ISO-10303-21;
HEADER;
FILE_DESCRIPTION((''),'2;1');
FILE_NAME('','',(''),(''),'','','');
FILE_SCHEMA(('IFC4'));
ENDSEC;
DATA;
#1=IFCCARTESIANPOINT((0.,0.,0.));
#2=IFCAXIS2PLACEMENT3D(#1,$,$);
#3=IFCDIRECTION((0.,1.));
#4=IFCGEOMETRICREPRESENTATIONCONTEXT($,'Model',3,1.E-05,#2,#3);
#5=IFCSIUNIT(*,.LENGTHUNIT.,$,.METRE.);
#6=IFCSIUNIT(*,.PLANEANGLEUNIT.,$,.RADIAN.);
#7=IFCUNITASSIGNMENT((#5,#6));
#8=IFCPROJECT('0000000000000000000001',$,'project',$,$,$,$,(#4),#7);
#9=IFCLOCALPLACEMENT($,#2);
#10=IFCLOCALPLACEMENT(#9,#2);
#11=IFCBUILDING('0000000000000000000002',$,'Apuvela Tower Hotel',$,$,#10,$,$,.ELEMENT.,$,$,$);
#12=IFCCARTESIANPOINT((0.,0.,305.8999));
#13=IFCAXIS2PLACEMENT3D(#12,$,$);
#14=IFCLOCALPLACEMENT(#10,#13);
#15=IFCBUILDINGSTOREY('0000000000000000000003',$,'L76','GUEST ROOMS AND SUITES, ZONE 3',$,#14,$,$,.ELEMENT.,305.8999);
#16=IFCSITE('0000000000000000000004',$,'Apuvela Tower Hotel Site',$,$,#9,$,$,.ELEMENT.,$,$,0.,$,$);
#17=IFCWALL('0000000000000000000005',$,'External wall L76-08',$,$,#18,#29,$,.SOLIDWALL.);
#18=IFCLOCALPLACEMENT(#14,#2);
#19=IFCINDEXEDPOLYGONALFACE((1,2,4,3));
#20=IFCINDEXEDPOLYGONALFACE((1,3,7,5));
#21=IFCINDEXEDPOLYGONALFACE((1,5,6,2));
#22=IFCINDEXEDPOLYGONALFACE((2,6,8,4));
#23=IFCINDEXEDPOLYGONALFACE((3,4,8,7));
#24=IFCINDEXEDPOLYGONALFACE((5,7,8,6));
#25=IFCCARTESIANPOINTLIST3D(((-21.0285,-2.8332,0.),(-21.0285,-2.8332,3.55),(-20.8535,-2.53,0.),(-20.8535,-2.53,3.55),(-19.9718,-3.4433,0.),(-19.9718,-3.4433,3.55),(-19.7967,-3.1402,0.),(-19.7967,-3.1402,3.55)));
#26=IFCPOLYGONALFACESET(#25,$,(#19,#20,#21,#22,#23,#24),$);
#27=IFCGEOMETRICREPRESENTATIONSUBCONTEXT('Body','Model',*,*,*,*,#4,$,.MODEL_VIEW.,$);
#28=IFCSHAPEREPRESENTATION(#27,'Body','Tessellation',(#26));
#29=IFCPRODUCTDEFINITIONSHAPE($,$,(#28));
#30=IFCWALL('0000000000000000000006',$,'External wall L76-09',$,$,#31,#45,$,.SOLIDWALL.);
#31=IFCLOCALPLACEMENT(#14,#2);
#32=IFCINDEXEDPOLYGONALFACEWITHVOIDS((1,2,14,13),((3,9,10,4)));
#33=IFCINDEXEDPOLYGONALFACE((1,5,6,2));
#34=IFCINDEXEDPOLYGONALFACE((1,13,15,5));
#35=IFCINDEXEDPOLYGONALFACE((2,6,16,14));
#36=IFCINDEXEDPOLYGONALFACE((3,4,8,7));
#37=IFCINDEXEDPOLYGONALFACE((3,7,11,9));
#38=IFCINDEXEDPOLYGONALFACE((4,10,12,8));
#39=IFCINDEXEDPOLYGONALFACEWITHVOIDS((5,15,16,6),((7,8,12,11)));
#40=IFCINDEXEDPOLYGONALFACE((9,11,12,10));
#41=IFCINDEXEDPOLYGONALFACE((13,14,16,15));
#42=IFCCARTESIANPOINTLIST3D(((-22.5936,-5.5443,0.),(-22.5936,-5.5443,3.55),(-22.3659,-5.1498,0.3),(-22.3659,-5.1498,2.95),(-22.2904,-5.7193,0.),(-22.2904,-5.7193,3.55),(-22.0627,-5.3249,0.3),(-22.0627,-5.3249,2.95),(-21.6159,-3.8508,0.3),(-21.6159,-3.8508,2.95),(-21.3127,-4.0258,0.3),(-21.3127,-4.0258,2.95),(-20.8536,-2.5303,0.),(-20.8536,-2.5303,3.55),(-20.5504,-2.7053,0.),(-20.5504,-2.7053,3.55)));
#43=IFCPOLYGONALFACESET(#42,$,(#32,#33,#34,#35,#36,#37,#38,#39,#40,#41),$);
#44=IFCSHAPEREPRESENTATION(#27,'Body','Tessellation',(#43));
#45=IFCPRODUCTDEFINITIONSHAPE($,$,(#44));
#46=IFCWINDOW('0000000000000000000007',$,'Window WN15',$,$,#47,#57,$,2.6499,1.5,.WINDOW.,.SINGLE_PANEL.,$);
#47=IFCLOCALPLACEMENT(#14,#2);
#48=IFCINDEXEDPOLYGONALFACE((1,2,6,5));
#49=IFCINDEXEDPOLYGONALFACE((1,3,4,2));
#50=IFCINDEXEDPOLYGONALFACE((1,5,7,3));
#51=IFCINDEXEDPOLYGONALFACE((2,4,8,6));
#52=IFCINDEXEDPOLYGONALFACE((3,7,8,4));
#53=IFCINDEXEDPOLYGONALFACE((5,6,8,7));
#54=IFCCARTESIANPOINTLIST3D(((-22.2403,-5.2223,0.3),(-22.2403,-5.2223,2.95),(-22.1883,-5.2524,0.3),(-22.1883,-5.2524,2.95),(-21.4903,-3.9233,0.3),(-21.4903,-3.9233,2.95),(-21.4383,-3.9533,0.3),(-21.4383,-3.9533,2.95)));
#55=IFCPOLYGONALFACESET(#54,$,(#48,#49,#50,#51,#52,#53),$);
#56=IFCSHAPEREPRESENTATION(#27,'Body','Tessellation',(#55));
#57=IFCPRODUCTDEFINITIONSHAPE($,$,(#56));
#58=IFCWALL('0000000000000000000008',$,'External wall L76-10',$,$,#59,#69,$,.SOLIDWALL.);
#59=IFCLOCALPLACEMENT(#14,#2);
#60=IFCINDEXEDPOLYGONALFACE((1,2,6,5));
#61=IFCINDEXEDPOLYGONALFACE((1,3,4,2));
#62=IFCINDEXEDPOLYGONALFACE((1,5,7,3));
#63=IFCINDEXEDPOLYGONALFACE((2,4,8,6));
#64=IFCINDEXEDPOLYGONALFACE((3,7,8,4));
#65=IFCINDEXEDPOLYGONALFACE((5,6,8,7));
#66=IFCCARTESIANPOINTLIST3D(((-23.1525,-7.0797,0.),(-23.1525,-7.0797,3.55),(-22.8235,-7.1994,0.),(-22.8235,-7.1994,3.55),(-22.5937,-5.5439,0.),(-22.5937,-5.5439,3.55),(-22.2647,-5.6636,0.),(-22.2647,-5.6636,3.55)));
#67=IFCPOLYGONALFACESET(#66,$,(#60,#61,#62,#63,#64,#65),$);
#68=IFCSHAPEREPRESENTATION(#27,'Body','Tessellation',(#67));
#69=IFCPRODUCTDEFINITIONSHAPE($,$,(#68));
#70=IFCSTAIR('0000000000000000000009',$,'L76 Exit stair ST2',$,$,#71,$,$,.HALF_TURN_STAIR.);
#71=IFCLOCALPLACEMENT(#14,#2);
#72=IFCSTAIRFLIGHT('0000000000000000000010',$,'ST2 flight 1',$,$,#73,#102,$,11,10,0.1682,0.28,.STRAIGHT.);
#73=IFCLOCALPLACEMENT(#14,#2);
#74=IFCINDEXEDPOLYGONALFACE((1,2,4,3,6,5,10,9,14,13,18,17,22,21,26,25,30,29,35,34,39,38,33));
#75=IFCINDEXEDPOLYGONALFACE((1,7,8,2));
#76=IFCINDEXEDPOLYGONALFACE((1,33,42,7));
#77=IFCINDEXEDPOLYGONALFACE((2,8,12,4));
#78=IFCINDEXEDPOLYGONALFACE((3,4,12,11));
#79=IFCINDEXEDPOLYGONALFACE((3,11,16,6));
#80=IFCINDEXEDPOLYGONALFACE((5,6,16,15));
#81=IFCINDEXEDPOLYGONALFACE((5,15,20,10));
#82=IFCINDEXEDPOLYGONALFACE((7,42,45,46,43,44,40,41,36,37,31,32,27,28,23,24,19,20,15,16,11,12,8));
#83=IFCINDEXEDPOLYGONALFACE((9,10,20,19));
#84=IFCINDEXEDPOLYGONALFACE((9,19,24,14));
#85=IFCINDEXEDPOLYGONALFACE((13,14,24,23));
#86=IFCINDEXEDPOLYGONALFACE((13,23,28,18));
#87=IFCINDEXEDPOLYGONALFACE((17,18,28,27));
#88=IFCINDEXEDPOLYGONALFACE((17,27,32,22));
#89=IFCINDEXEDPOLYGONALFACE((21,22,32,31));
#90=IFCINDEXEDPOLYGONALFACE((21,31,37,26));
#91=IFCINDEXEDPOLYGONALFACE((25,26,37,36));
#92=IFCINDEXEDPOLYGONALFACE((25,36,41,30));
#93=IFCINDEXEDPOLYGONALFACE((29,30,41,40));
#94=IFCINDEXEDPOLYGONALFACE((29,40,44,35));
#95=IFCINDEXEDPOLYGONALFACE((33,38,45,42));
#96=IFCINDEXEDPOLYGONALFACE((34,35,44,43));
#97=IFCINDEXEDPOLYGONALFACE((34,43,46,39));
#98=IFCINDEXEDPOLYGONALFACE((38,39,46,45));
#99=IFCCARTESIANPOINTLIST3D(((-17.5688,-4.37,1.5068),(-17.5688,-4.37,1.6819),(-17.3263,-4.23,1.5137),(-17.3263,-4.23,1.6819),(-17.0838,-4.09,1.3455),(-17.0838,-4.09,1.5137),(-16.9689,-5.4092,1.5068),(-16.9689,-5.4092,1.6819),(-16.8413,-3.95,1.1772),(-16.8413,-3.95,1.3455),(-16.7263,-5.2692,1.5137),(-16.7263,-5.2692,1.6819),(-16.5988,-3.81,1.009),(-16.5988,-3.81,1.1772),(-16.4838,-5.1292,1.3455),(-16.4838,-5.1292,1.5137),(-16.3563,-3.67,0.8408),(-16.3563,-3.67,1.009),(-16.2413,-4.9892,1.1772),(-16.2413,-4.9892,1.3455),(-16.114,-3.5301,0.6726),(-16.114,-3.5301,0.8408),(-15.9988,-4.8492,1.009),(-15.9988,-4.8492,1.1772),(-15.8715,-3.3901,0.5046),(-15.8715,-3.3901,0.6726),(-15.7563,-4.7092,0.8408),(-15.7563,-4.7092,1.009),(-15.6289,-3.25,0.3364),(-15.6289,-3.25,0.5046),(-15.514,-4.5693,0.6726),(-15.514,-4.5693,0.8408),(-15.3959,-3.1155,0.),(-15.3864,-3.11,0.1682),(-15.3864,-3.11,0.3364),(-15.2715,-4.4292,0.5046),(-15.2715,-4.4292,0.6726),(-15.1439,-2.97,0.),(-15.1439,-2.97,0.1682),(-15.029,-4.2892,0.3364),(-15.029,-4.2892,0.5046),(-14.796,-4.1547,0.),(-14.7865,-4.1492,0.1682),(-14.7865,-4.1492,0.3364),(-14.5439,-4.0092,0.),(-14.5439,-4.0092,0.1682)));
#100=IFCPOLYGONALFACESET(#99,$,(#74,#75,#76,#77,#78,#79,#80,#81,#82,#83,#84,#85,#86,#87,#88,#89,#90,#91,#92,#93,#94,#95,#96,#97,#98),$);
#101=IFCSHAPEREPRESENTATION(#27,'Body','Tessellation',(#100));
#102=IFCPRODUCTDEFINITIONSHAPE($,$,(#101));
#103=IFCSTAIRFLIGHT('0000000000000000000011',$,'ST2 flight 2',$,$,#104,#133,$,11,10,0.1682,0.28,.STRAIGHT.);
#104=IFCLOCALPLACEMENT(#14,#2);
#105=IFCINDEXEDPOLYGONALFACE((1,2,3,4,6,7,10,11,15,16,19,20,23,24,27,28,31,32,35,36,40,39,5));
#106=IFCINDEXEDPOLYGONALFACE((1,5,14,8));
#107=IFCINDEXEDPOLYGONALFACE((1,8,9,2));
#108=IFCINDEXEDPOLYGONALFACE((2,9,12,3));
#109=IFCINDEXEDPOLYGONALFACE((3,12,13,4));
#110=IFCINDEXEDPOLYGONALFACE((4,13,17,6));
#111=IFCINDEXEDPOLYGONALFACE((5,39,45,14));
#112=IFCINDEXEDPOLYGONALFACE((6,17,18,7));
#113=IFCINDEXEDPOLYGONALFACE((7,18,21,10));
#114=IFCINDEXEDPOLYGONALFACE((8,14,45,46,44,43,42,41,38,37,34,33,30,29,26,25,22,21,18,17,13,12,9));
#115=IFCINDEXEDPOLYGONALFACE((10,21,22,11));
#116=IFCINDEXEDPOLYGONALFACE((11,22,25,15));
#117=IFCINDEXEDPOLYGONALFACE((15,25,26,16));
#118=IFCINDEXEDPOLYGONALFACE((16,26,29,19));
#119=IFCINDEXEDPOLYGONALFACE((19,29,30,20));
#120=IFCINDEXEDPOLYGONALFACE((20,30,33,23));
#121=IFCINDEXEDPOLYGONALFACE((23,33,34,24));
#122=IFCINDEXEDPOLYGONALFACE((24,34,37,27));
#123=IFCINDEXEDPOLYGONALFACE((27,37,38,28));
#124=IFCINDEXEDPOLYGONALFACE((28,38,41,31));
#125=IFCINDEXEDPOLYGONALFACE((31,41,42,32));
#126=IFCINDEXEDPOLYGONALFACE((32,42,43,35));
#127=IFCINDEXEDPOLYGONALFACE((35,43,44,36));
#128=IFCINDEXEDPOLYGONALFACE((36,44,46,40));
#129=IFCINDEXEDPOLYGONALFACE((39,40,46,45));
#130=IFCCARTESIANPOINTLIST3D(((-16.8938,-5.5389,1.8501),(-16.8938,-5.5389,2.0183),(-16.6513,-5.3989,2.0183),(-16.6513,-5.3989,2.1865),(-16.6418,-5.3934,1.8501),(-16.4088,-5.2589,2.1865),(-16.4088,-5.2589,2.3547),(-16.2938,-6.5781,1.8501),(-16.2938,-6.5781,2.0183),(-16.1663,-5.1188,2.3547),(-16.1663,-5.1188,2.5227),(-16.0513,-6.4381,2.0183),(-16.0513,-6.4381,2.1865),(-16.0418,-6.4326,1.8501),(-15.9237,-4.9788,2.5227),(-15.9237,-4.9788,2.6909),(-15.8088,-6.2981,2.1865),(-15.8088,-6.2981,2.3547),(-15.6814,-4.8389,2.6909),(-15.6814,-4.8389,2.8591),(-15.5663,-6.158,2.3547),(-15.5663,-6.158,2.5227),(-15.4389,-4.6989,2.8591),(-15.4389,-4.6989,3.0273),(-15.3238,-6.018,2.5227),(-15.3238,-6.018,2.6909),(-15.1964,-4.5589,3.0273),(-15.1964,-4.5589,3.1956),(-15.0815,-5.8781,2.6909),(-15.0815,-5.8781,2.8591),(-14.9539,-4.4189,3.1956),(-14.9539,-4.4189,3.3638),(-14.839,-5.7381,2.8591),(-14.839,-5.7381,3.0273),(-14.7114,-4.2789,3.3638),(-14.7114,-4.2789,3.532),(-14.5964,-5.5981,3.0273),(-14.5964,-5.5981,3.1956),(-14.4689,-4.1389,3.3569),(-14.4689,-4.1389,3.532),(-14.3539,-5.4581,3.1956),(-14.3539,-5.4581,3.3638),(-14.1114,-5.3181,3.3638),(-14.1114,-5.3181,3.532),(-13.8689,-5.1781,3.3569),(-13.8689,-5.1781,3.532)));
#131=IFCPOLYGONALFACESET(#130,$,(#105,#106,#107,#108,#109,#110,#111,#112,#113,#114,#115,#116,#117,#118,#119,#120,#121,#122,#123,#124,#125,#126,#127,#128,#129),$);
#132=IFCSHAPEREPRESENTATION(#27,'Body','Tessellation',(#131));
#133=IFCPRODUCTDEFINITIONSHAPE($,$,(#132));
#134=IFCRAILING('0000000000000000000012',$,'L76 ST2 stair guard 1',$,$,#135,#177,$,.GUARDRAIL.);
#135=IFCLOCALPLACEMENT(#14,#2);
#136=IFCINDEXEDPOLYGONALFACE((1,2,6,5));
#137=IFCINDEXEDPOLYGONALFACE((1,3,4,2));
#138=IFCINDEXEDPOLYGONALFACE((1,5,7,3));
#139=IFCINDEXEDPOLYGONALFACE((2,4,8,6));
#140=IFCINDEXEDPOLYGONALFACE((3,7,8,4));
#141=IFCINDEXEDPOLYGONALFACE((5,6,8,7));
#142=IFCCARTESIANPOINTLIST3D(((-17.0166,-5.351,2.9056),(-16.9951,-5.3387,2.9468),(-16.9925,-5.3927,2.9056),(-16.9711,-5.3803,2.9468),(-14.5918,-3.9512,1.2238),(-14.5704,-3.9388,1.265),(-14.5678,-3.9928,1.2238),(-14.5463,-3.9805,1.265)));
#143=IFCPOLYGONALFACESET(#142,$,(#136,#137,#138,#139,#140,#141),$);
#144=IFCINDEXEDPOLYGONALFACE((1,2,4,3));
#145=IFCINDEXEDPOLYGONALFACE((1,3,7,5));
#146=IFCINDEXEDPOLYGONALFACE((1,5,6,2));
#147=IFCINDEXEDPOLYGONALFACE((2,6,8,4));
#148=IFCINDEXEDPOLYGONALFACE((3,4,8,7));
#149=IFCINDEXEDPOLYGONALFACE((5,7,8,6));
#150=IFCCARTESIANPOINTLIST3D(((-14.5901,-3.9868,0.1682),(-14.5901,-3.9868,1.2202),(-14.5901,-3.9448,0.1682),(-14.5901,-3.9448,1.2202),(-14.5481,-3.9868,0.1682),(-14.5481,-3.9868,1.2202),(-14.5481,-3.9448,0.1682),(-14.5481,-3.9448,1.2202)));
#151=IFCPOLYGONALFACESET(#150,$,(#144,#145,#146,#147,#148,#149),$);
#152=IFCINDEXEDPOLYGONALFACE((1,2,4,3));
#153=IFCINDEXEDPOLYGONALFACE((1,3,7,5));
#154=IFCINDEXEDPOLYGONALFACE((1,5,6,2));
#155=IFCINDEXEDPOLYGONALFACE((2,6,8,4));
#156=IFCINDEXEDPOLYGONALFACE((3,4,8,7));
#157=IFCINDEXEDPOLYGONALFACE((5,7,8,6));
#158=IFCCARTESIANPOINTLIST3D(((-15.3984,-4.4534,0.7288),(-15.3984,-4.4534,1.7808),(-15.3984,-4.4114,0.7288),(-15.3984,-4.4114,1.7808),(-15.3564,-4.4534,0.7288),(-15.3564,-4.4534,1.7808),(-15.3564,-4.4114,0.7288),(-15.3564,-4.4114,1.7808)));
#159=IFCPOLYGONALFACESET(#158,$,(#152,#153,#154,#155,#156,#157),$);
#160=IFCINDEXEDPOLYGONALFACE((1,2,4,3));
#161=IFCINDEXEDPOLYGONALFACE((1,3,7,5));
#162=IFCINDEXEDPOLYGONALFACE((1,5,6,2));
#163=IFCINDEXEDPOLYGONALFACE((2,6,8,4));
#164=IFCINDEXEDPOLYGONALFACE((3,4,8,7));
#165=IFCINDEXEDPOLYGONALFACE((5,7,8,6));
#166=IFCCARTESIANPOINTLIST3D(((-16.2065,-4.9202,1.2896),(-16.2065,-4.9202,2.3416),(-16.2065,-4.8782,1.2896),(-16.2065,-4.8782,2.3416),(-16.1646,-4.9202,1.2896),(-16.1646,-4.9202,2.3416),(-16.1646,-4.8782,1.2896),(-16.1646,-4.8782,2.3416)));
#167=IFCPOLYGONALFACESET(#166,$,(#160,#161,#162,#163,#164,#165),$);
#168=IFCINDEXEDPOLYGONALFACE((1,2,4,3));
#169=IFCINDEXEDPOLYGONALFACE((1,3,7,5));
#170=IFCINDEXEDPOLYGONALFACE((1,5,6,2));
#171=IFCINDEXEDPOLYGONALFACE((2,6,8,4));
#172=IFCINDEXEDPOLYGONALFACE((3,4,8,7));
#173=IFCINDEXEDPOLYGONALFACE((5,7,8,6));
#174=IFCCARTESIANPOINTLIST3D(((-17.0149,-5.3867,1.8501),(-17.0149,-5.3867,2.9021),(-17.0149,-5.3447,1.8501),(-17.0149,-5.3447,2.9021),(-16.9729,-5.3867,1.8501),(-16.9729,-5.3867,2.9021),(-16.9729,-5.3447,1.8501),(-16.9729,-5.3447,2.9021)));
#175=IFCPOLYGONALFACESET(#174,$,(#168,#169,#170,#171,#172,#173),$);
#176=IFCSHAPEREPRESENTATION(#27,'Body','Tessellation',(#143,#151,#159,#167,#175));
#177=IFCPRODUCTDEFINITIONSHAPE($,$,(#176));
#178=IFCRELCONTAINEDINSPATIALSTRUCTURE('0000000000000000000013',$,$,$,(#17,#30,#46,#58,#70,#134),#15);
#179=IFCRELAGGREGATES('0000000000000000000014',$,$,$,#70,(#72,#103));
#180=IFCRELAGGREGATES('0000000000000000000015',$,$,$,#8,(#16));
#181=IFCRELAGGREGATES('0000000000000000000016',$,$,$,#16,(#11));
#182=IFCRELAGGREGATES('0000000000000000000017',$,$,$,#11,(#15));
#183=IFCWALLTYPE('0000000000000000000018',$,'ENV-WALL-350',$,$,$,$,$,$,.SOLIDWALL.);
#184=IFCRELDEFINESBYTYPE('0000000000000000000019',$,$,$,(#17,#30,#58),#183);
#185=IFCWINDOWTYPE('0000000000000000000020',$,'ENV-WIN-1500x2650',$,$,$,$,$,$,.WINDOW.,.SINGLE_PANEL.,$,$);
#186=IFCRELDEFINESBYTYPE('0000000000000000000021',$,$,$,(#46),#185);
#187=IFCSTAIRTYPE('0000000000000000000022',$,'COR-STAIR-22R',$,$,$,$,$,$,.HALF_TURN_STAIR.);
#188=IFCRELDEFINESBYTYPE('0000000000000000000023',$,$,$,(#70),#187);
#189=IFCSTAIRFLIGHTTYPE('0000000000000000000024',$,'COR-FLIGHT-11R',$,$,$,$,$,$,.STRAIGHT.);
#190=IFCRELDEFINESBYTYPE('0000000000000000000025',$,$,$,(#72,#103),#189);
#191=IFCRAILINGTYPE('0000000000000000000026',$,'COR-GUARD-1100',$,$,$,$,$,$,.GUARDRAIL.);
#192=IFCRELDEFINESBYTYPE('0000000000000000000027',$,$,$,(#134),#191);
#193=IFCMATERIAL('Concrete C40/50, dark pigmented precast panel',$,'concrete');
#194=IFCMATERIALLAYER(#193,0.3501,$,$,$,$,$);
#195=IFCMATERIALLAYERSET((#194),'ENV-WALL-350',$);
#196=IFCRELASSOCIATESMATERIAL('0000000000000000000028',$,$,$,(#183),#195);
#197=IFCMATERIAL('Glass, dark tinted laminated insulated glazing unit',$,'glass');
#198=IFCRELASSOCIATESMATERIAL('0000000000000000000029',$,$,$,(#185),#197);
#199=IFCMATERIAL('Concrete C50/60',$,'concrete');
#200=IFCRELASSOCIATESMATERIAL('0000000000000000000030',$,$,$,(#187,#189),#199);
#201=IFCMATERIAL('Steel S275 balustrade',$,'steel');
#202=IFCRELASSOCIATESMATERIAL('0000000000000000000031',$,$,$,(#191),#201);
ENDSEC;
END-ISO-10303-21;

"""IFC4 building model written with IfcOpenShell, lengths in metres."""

from ifc_helpers import new_model, si_unit, direction, frame, frame_2d, origin, origin_2d, place, context, subcontext, project, spatial, polyline, rectangle, outline, extrude, material, layer, layer_set, type_object, element, fill, aggregate, save


model = new_model("IFC4")

# Units and contexts
model_context = context("Model", 3, precision=1e-05, world=origin(), true_north=direction((0.0, 1.0)))
body_context = subcontext(model_context, "Body", "Model", "MODEL_VIEW")
ifc_project = project(units=[si_unit("LENGTHUNIT", "METRE"), si_unit("PLANEANGLEUNIT", "RADIAN")], contexts=[model_context])

# Site, building, storey
site_placement = place(None, origin())
site = spatial("IfcSite", under=ifc_project, at=site_placement, Name="Apuvela Tower Hotel Site", CompositionType="ELEMENT", RefElevation=0.0)
building_placement = place(site_placement, origin())
building = spatial("IfcBuilding", under=site, at=building_placement, Name="Apuvela Tower Hotel", CompositionType="ELEMENT")
storey_placement = place(building_placement, frame((0.0, 0.0, 305.8999)))
storey = spatial("IfcBuildingStorey", under=building, at=storey_placement, Name="L76", Description="GUEST ROOMS AND SUITES, ZONE 3", CompositionType="ELEMENT", Elevation=305.8999)

# Shared definitions
ifc_material_1 = material(Name="Concrete C50/60", Category="concrete")

# Wall
ifc_material_2 = material(Name="Concrete C40/50, dark pigmented precast panel", Category="concrete")
ifc_layer_1 = layer(ifc_material_2, 0.3501)
ifc_layer_set_1 = layer_set([ifc_layer_1], Name="ENV-WALL-350")
wall_type_1 = type_object("IfcWallType", Name="ENV-WALL-350", PredefinedType="SOLIDWALL", material=ifc_layer_set_1)
wall_1_placement = place(storey_placement, frame((-19.8843, -3.2917, 0.0), z_axis=(0.0, 0.0, 1.0), x_axis=(-0.866006, 0.500034, 0.0)))
element("IfcWall", 1, at=wall_1_placement, inside=storey, type_object=wall_type_1, Name="External wall L76-08", PredefinedType="SOLIDWALL", context=body_context, shape_type="SweptSolid", body=[
    extrude(rectangle(XDim=1.2202, YDim=0.3501, at=frame_2d((0.6101, 0.0))), origin(), (0.0, 0.0, 1.0), 3.55),
])

# Wall, opening, window
wall_2_placement = place(storey_placement, frame((-20.7019, -2.6177, 0.0), z_axis=(0.0, 0.0, 1.0), x_axis=(-0.49998, -0.866037, 0.0)))
wall_2 = element("IfcWall", 2, at=wall_2_placement, inside=storey, type_object=wall_type_1, Name="External wall L76-09", PredefinedType="SOLIDWALL", context=body_context, shape_type="SweptSolid", body=[
    extrude(rectangle(XDim=3.4802, YDim=0.3501, at=frame_2d((1.7402, 0.0))), origin(), (0.0, 0.0, 1.0), 3.55),
])
opening_1_placement = place(wall_2_placement, frame((1.5249, 0.0, 0.3)))
opening_1 = element("IfcOpeningElement", 3, at=opening_1_placement, cuts=wall_2, PredefinedType="OPENING", context=body_context, shape_type="SweptSolid", body=[
    extrude(rectangle(XDim=1.5, YDim=2.6499, at=frame_2d((0.75, 1.325))), frame((0.0, 0.1851, 0.0), z_axis=(0.0, -1.0, 0.0), x_axis=(1.0, 0.0, 0.0)), (0.0, 0.0, 1.0), 0.3701),
])
ifc_material_3 = material(Name="Glass, dark tinted laminated insulated glazing unit", Category="glass")
window_type = type_object("IfcWindowType", Name="ENV-WIN-1500x2650", PartitioningType="SINGLE_PANEL", PredefinedType="WINDOW", material=ifc_material_3)
window_placement = place(opening_1_placement, origin())
window = element("IfcWindow", 4, at=window_placement, inside=storey, type_object=window_type, Name="Window WN15", OverallHeight=2.6499, OverallWidth=1.5, PartitioningType="SINGLE_PANEL", PredefinedType="WINDOW", context=body_context, shape_type="SweptSolid", body=[
    extrude(rectangle(XDim=1.5, YDim=2.6499, at=frame_2d((0.75, 1.325))), frame((0.0, 0.03, 0.0), z_axis=(0.0, -1.0, 0.0), x_axis=(1.0, 0.0, 0.0)), (0.0, 0.0, 1.0), 0.0601),
])
fill(opening_1, window)

# Wall
wall_3_placement = place(storey_placement, frame((-22.4292, -5.6038, 0.0), z_axis=(0.0, 0.0, 1.0), x_axis=(-0.341923, -0.939728, 0.0)))
element("IfcWall", 5, at=wall_3_placement, inside=storey, type_object=wall_type_1, Name="External wall L76-10", PredefinedType="SOLIDWALL", context=body_context, shape_type="SweptSolid", body=[
    extrude(rectangle(XDim=1.6343, YDim=0.3501, at=frame_2d((0.8171, 0.0))), origin(), (0.0, 0.0, 1.0), 3.55),
])

# Stair, stair flights
stair_type = type_object("IfcStairType", Name="COR-STAIR-22R", PredefinedType="HALF_TURN_STAIR", material=ifc_material_1)
stair_placement = place(storey_placement, origin())
stair = element("IfcStair", 6, at=stair_placement, inside=storey, type_object=stair_type, Name="L76 Exit stair ST2", PredefinedType="HALF_TURN_STAIR")
stair_flight_type = type_object("IfcStairFlightType", Name="COR-FLIGHT-11R", PredefinedType="STRAIGHT", material=ifc_material_1)
stair_flight_1_placement = place(storey_placement, frame((-14.844, -3.4895, 0.0), z_axis=(0.0, 0.0, 1.0), x_axis=(-0.866025, -0.5, 0.0)))
stair_flight_1 = element("IfcStairFlight", 7, at=stair_flight_1_placement, type_object=stair_flight_type, Name="ST2 flight 1", NumberOfRisers=11, NumberOfTreads=10, PredefinedType="STRAIGHT", RiserHeight=0.1682, TreadLength=0.28, context=body_context, shape_type="SweptSolid", body=[
    extrude(outline(polyline([(0.0, 0.0), (0.0, 0.1682), (0.28, 0.1682), (0.28, 0.3364), (0.5601, 0.3364), (0.5601, 0.5046), (0.8401, 0.5046), (0.8401, 0.6726), (1.1201, 0.6726), (1.1201, 0.8408), (1.3999, 0.8408), (1.3999, 1.009), (1.6799, 1.009), (1.6799, 1.1772), (1.96, 1.1772), (1.96, 1.3455), (2.24, 1.3455), (2.24, 1.5137), (2.52, 1.5137), (2.52, 1.6819), (2.8, 1.6819), (2.8, 1.8501), (2.8, 1.5068), (0.291, 0.0), (0.0, 0.0)])), frame((0.0, 0.6001, 0.0), z_axis=(0.0, -1.0, 0.0), x_axis=(1.0, 0.0, 0.0)), (0.0, 0.0, 1.0), 1.2),
])
stair_flight_2_placement = place(storey_placement, frame((-16.5938, -6.0586, 1.8501), z_axis=(0.0, 0.0, 1.0), x_axis=(0.866025, 0.5, 0.0)))
stair_flight_2 = element("IfcStairFlight", 8, at=stair_flight_2_placement, type_object=stair_flight_type, Name="ST2 flight 2", NumberOfRisers=11, NumberOfTreads=10, PredefinedType="STRAIGHT", RiserHeight=0.1682, TreadLength=0.28, context=body_context, shape_type="SweptSolid", body=[
    extrude(outline(polyline([(0.0, 0.0), (0.0, 0.1682), (0.28, 0.1682), (0.28, 0.3364), (0.5601, 0.3364), (0.5601, 0.5046), (0.8401, 0.5046), (0.8401, 0.6726), (1.1201, 0.6726), (1.1201, 0.8408), (1.3999, 0.8408), (1.3999, 1.009), (1.6799, 1.009), (1.6799, 1.1772), (1.96, 1.1772), (1.96, 1.3455), (2.24, 1.3455), (2.24, 1.5137), (2.52, 1.5137), (2.52, 1.6819), (2.8, 1.6819), (2.8, 1.8501), (2.8, 1.5068), (0.291, 0.0), (0.0, 0.0)])), frame((0.0, 0.6001, 0.0), z_axis=(0.0, -1.0, 0.0), x_axis=(1.0, 0.0, 0.0)), (0.0, 0.0, 1.0), 1.2),
])
aggregate(stair, [stair_flight_1, stair_flight_2])

# Railing
ifc_material_4 = material(Name="Steel S275 balustrade", Category="steel")
railing_type_1 = type_object("IfcRailingType", Name="COR-GUARD-1100", PredefinedType="GUARDRAIL", material=ifc_material_4)
railing_1_placement = place(storey_placement, frame((-14.5691, -3.9658, 0.1682)))
element("IfcRailing", 9, at=railing_1_placement, inside=storey, type_object=railing_type_1, Name="L76 ST2 stair guard 1", PredefinedType="GUARDRAIL", context=body_context, shape_type="SweptSolid", body=[
    extrude(rectangle(XDim=0.0481, YDim=0.0481, at=origin_2d()), frame((0.0, 0.0, 1.0762), z_axis=(-0.74239, -0.428601, 0.514934), x_axis=(0.499984, -0.866035, 0.0)), (0.0, 0.0, 1.0), 3.2661),
    extrude(rectangle(XDim=0.042, YDim=0.042, at=origin_2d()), origin(), (0.0, 0.0, 1.0), 1.052),
    extrude(rectangle(XDim=0.042, YDim=0.042, at=origin_2d()), frame((-0.8083, -0.4666, 0.5605)), (0.0, 0.0, 1.0), 1.052),
    extrude(rectangle(XDim=0.042, YDim=0.042, at=origin_2d()), frame((-1.6165, -0.9333, 1.1213)), (0.0, 0.0, 1.0), 1.052),
    extrude(rectangle(XDim=0.042, YDim=0.042, at=origin_2d()), frame((-2.4248, -1.3999, 1.6819)), (0.0, 0.0, 1.0), 1.052),
])

save(model, "model.ifc")
